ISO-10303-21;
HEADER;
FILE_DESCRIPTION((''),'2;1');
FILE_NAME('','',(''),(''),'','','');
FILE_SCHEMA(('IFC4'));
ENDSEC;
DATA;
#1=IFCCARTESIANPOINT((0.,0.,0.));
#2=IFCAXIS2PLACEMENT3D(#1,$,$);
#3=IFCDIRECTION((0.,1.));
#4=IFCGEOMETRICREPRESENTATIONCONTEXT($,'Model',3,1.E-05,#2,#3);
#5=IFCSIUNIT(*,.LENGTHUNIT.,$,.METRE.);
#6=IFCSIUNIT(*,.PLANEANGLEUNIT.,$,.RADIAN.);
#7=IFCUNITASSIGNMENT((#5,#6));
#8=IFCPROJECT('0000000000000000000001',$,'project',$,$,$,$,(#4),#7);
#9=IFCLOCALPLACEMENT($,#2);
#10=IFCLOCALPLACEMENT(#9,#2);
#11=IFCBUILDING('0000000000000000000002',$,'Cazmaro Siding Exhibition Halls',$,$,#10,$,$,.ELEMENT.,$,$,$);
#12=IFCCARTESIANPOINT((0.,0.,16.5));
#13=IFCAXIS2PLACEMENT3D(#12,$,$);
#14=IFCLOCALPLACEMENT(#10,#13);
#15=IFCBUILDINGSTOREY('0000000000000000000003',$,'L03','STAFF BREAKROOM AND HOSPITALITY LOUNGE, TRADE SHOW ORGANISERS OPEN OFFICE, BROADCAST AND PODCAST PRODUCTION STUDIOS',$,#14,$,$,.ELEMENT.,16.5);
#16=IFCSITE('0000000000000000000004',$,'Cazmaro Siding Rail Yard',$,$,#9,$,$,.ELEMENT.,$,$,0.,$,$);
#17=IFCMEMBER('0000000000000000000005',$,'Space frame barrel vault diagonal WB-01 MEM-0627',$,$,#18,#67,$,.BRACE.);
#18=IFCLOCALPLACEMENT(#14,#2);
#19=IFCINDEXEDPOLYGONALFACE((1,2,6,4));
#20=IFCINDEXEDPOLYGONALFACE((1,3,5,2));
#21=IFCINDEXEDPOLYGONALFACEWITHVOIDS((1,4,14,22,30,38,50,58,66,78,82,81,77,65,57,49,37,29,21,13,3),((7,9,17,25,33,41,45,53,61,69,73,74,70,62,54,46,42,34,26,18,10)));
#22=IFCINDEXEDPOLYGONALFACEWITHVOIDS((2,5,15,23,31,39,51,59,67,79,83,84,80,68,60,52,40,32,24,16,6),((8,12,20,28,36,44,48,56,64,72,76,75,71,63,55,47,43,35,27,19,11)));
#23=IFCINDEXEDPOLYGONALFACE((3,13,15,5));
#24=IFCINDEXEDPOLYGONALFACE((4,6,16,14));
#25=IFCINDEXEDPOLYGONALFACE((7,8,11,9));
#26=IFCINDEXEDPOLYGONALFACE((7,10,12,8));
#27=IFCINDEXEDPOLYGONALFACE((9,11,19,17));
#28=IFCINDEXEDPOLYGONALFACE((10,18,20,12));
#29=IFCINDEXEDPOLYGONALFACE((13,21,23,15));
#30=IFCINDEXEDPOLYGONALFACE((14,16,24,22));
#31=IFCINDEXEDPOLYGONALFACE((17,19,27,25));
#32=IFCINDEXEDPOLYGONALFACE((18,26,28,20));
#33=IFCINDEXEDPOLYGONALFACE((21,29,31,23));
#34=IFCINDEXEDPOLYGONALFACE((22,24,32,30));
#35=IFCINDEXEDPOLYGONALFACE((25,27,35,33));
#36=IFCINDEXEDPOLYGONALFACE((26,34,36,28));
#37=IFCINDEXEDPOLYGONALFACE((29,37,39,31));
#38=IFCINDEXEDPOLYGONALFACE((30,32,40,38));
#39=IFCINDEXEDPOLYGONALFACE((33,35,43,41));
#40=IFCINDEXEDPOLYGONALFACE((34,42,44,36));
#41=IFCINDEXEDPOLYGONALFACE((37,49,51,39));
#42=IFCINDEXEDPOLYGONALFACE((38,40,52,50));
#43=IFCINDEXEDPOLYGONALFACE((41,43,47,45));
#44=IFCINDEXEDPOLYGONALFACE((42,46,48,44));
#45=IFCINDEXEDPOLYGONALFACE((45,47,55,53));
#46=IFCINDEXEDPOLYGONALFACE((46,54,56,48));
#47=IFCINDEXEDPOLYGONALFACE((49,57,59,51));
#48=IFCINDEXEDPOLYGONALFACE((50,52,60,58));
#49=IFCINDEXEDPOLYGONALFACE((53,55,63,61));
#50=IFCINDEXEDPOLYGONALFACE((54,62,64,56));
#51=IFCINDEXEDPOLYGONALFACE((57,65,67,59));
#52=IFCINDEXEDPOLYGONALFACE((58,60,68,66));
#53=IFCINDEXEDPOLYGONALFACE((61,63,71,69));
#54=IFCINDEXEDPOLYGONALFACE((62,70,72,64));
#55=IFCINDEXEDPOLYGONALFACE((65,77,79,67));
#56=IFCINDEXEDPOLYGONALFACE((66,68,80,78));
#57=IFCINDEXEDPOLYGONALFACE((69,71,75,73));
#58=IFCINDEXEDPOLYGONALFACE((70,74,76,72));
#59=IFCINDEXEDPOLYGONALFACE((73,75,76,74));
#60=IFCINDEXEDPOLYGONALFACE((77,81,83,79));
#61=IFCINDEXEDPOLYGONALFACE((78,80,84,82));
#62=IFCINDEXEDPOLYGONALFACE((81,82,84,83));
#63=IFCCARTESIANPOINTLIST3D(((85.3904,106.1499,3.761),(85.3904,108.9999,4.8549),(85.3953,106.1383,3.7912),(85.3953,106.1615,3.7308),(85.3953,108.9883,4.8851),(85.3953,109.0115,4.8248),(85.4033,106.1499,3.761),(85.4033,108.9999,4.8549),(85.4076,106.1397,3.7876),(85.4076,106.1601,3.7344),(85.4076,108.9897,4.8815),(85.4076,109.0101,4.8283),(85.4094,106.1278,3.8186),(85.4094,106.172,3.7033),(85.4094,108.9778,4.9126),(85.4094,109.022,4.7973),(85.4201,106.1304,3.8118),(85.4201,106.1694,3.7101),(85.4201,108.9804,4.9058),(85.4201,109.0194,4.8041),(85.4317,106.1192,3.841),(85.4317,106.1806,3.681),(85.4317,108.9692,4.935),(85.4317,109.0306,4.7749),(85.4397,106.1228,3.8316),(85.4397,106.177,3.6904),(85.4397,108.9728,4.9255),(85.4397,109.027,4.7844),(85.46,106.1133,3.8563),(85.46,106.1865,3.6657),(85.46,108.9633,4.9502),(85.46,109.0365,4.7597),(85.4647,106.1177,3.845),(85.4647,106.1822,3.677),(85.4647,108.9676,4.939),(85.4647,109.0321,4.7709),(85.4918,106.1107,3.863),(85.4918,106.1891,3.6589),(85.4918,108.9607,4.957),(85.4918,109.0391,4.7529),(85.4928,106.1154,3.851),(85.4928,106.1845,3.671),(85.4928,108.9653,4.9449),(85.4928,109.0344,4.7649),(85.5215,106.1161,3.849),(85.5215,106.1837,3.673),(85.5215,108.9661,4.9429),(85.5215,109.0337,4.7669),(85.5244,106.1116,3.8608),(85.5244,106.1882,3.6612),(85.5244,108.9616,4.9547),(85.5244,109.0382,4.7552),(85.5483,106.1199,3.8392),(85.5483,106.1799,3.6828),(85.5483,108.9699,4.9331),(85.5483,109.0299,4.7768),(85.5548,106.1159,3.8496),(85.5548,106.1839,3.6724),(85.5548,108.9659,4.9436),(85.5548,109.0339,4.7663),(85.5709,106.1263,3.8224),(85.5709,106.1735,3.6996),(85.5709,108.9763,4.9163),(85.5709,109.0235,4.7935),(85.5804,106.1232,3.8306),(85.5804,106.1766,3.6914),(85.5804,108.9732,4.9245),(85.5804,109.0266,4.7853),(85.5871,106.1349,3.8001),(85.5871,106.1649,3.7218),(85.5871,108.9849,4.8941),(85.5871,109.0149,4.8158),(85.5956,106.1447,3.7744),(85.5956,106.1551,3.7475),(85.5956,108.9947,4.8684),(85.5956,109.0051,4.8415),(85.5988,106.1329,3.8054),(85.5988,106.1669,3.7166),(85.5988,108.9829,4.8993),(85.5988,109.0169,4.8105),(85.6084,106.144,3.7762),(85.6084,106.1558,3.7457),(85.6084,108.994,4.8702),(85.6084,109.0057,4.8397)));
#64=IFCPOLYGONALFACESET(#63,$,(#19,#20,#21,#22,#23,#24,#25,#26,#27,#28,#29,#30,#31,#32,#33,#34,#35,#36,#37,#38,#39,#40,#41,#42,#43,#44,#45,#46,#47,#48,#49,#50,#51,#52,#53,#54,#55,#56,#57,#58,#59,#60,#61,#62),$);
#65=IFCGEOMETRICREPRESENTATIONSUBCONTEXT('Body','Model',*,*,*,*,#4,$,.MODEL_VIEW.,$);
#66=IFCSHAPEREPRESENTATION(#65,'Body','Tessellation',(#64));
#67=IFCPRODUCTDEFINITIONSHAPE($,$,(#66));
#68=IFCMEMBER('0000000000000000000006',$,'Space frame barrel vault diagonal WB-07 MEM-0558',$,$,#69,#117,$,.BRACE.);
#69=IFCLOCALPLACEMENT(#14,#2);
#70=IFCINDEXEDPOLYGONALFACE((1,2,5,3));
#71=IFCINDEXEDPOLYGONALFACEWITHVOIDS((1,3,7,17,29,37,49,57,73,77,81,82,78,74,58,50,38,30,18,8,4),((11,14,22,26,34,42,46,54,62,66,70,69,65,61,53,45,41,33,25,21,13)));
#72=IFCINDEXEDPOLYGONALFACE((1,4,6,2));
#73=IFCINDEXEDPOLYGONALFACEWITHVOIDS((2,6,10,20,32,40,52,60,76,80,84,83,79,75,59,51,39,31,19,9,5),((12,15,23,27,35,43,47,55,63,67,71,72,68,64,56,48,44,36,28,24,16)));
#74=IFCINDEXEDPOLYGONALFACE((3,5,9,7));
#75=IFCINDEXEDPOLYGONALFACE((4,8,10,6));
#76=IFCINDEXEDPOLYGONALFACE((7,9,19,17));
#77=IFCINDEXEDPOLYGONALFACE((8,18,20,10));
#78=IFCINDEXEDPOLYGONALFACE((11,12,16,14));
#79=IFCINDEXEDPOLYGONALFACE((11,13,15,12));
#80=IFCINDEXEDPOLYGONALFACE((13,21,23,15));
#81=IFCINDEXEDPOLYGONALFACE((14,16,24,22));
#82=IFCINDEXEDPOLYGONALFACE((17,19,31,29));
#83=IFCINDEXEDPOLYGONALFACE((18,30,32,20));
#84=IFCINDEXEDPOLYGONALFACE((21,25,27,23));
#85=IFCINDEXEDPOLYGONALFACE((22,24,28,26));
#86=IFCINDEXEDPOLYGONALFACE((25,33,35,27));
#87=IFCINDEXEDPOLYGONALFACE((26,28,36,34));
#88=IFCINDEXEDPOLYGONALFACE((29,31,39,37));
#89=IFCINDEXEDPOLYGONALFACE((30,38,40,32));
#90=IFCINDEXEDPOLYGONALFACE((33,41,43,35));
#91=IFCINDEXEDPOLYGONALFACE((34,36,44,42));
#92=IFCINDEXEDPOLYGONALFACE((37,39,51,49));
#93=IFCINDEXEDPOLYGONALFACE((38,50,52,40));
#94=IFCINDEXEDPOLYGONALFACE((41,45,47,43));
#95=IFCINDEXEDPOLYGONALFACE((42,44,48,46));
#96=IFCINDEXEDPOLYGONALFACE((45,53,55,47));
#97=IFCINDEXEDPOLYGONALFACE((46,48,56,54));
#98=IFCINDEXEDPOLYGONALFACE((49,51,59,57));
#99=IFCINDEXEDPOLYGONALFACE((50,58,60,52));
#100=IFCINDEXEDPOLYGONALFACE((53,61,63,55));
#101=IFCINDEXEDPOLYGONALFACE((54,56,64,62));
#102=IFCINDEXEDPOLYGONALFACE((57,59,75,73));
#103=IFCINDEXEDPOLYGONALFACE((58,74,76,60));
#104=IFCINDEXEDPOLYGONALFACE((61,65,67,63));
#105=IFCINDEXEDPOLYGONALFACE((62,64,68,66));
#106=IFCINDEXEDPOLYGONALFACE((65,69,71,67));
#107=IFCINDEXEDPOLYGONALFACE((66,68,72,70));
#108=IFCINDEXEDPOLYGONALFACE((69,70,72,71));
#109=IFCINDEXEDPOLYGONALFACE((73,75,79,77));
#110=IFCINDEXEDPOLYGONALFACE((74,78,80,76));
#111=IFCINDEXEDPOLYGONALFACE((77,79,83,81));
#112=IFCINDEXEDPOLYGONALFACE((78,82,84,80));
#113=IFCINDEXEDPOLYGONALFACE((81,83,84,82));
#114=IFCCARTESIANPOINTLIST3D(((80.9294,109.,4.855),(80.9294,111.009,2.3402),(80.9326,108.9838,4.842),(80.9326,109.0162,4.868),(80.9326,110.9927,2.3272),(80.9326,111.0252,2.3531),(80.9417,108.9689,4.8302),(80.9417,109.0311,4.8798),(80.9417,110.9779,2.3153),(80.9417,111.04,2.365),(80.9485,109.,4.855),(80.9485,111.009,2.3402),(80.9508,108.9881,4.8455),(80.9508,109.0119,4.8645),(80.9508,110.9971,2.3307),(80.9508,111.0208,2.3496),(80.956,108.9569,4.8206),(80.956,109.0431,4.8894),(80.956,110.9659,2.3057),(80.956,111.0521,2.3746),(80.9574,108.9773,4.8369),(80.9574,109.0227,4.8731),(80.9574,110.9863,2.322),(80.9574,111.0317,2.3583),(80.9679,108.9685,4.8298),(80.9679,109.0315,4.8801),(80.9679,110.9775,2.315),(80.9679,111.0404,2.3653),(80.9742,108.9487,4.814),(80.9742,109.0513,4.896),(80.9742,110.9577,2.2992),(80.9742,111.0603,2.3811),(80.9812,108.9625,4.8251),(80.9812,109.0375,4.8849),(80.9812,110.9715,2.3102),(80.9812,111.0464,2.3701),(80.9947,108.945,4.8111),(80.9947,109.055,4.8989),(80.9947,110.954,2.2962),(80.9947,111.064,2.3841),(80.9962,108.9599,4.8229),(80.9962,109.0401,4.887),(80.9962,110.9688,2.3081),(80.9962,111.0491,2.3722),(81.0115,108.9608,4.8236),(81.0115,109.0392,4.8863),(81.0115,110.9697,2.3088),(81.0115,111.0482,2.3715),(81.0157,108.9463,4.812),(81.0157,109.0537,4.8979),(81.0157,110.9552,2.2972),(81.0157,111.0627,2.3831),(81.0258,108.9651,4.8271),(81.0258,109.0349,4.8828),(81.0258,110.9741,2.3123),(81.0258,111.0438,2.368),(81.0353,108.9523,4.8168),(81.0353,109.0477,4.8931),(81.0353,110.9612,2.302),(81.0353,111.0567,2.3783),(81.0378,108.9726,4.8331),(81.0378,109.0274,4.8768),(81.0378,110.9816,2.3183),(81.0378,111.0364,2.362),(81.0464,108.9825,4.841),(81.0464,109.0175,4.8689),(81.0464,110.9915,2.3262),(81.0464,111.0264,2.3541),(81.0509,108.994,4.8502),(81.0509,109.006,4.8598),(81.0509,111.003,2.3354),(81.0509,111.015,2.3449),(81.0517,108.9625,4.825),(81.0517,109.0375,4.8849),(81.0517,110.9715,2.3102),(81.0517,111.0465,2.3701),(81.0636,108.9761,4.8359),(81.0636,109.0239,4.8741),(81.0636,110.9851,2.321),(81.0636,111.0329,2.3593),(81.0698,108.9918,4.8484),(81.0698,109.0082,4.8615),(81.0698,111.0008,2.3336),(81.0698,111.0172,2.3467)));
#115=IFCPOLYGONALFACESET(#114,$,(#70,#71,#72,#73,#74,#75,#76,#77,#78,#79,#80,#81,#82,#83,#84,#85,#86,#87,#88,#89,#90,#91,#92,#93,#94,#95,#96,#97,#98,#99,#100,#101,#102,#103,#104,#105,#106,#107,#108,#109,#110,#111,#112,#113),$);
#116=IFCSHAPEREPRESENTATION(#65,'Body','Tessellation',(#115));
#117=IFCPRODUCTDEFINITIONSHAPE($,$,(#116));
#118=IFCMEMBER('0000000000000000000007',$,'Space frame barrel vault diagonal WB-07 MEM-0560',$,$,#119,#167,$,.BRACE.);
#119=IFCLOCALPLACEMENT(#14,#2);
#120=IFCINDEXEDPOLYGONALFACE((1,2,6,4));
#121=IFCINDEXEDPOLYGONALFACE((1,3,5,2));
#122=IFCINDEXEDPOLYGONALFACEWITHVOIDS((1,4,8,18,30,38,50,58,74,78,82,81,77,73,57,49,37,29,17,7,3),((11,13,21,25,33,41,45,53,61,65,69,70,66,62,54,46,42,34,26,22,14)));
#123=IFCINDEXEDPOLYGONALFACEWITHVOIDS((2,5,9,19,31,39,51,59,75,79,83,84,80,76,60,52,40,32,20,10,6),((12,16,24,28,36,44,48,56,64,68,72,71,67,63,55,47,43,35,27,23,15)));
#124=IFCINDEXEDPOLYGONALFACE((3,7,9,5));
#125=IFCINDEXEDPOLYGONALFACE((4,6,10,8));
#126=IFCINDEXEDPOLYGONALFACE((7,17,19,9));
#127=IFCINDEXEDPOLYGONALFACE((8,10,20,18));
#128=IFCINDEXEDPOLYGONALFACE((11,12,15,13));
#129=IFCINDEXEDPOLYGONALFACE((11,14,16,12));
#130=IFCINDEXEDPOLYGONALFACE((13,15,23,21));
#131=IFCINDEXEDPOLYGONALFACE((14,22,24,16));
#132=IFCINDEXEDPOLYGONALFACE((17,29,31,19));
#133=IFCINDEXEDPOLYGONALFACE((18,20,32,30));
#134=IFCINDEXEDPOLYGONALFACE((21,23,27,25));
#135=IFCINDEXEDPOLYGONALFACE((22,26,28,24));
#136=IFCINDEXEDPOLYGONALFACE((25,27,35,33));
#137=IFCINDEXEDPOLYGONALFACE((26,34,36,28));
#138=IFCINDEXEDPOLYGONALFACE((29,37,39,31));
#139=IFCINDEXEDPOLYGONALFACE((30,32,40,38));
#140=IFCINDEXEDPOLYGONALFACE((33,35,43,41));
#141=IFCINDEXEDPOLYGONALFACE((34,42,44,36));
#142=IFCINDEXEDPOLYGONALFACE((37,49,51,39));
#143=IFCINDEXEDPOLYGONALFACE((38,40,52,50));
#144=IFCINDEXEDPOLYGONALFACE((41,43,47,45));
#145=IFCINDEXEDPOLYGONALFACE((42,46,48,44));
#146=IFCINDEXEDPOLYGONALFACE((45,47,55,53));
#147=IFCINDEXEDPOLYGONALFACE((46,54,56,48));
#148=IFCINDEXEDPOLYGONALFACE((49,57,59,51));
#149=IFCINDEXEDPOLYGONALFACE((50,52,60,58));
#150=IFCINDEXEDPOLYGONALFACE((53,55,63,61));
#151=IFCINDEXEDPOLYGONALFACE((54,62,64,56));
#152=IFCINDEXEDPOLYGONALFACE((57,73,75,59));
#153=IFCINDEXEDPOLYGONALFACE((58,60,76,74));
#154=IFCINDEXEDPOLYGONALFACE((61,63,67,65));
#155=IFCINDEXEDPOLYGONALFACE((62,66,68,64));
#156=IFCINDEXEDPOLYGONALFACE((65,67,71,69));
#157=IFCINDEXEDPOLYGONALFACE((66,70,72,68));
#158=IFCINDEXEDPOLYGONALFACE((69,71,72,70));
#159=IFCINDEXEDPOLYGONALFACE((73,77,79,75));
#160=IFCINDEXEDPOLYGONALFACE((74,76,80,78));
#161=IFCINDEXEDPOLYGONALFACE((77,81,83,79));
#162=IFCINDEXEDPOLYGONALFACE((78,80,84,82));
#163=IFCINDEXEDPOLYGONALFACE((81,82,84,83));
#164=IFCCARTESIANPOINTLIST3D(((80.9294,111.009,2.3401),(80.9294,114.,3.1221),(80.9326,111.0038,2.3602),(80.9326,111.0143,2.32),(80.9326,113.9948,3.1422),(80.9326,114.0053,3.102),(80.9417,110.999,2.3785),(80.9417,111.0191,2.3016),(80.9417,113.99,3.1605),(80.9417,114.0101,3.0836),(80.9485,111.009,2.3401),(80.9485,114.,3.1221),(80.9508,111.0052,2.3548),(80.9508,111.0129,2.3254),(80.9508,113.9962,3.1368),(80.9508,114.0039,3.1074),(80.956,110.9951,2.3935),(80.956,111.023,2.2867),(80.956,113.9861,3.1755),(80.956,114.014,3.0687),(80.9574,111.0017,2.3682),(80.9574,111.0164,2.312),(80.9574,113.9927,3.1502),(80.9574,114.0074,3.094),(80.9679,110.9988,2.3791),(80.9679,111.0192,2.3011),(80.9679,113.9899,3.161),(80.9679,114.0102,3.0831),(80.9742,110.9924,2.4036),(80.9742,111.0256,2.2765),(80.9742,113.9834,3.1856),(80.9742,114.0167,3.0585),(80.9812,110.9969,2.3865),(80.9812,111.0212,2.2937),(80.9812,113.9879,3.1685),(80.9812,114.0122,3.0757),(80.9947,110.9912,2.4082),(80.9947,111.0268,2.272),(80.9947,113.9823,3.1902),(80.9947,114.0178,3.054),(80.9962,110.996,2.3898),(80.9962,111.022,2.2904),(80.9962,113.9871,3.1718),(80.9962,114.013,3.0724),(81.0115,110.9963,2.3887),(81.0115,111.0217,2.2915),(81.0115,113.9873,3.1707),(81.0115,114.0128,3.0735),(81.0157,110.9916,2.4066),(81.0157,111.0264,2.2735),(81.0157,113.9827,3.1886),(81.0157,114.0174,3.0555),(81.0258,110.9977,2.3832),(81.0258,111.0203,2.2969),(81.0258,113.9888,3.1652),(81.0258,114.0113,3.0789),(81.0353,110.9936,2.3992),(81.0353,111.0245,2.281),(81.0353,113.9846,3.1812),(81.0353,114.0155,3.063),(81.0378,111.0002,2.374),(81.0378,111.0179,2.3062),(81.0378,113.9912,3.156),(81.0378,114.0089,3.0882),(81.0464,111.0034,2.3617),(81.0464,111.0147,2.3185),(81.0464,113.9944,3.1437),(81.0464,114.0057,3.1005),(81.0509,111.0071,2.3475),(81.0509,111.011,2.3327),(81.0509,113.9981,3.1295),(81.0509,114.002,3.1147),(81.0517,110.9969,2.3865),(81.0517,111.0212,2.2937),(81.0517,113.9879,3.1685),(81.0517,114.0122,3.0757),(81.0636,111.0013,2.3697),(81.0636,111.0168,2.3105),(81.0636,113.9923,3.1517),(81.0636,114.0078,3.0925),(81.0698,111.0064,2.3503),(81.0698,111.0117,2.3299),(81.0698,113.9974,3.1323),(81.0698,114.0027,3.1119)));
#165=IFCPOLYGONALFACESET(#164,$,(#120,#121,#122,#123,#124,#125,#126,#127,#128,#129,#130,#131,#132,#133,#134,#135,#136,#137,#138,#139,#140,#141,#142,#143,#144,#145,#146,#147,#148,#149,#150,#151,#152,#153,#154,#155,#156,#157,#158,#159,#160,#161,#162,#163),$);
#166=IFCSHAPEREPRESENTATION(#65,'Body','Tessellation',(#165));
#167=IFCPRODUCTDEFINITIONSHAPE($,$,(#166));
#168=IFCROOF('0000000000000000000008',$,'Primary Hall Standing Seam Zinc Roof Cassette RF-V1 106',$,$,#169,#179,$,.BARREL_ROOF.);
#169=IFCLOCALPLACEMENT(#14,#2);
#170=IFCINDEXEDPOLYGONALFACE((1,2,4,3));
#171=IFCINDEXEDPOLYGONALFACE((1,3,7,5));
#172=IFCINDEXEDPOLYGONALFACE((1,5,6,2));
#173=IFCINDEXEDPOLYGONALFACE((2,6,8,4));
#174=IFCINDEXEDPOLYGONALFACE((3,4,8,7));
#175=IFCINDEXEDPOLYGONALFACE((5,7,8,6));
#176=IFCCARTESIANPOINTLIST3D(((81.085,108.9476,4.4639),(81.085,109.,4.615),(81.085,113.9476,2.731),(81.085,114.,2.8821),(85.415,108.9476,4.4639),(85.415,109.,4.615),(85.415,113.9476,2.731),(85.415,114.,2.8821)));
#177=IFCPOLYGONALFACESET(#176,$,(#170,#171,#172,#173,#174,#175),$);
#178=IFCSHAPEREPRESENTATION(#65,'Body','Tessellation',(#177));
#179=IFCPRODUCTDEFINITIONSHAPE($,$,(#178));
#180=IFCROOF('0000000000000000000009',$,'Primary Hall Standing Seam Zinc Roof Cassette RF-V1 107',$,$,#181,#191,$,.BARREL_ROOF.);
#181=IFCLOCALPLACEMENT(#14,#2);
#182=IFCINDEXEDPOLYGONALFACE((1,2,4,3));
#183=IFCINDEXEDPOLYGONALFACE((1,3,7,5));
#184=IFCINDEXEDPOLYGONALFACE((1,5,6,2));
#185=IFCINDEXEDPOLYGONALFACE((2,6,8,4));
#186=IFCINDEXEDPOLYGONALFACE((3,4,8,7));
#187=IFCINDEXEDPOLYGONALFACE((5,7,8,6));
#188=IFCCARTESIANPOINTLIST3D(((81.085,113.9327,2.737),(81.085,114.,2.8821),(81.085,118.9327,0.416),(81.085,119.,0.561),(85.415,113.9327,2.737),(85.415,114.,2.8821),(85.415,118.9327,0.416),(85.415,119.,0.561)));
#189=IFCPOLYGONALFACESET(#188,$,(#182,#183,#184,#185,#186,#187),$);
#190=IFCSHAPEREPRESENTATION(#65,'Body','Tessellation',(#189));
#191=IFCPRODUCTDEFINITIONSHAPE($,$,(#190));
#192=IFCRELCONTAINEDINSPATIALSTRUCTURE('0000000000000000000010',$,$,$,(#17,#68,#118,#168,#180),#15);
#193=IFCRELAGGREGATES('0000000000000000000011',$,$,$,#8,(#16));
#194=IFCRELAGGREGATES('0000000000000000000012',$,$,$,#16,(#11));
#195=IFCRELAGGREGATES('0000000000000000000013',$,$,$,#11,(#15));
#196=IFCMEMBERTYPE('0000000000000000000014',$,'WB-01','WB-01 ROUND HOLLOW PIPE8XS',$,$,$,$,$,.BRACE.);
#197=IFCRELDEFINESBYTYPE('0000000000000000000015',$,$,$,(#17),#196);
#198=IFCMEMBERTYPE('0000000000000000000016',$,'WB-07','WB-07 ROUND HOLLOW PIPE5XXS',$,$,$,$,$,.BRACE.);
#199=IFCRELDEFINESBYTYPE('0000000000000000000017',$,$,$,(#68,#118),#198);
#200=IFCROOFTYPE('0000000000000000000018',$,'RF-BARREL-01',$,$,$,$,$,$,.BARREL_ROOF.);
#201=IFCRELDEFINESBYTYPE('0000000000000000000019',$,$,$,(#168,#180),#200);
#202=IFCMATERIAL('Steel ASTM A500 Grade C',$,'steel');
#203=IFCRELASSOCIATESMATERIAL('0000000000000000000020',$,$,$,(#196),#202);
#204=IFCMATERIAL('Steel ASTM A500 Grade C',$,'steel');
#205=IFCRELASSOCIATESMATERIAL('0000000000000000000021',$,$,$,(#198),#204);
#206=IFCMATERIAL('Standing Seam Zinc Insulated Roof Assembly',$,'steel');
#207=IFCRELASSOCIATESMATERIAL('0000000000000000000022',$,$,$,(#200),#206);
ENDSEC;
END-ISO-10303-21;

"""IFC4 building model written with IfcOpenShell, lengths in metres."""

from ifc_helpers import new_model, si_unit, direction, frame, origin, origin_2d, place, context, subcontext, project, spatial, polyline, hollow_circle, outline, extrude, material, material_profile, profile_set, type_object, element, save


model = new_model("IFC4")

# Units and contexts
model_context = context("Model", 3, precision=1e-05, world=origin(), true_north=direction((0.0, 1.0)))
body_context = subcontext(model_context, "Body", "Model", "MODEL_VIEW")
ifc_project = project(units=[si_unit("LENGTHUNIT", "METRE"), si_unit("PLANEANGLEUNIT", "RADIAN")], contexts=[model_context])

# Site, building, storey
site_placement = place(None, origin())
site = spatial("IfcSite", under=ifc_project, at=site_placement, Name="Cazmaro Siding Rail Yard", CompositionType="ELEMENT", RefElevation=0.0)
building_placement = place(site_placement, origin())
building = spatial("IfcBuilding", under=site, at=building_placement, Name="Cazmaro Siding Exhibition Halls", CompositionType="ELEMENT")
storey_placement = place(building_placement, frame((0.0, 0.0, 16.5)))
storey = spatial("IfcBuildingStorey", under=building, at=storey_placement, Name="L03", Description="STAFF BREAKROOM AND HOSPITALITY LOUNGE, TRADE SHOW ORGANISERS OPEN OFFICE, BROADCAST AND PODCAST PRODUCTION STUDIOS", CompositionType="ELEMENT", Elevation=16.5)

# Members
ifc_material_1 = material(Name="Steel ASTM A500 Grade C", Category="steel")
ifc_material_profile_1 = material_profile(ifc_material_1, hollow_circle(Radius=0.1096, WallThickness=0.0129, at=origin_2d()), Name="PIPE8XS")
ifc_profile_set_1 = profile_set([ifc_material_profile_1], Name="Steel ASTM A500 Grade C")
member_type_1 = type_object("IfcMemberType", Name="WB-01", Description="WB-01 ROUND HOLLOW PIPE8XS", PredefinedType="BRACE", material=ifc_profile_set_1)
member_1_placement = place(storey_placement, frame((85.5, 106.1499, 3.761), z_axis=(0.0, 0.933587, 0.358352), x_axis=(-1.0, 0.0, 0.0)))
element("IfcMember", 1, at=member_1_placement, inside=storey, type_object=member_type_1, Name="Space frame barrel vault diagonal WB-01 MEM-0627", PredefinedType="BRACE", context=body_context, shape_type="SweptSolid", body=[
    extrude(hollow_circle(Radius=0.1096, WallThickness=0.0129, at=origin_2d()), origin(), (0.0, 0.0, 1.0), 3.0527),
])
ifc_material_2 = material(Name="Steel ASTM A500 Grade C", Category="steel")
ifc_material_profile_2 = material_profile(ifc_material_2, hollow_circle(Radius=0.0706, WallThickness=0.019, at=origin_2d()), Name="PIPE5XXS")
ifc_profile_set_2 = profile_set([ifc_material_profile_2], Name="Steel ASTM A500 Grade C")
member_type_2 = type_object("IfcMemberType", Name="WB-07", Description="WB-07 ROUND HOLLOW PIPE5XXS", PredefinedType="BRACE", material=ifc_profile_set_2)
member_2_placement = place(storey_placement, frame((81.0, 109.0, 4.855), z_axis=(0.0, 0.624149, -0.781305), x_axis=(-1.0, 0.0, 0.0)))
element("IfcMember", 2, at=member_2_placement, inside=storey, type_object=member_type_2, Name="Space frame barrel vault diagonal WB-07 MEM-0558", PredefinedType="BRACE", context=body_context, shape_type="SweptSolid", body=[
    extrude(hollow_circle(Radius=0.0706, WallThickness=0.019, at=origin_2d()), origin(), (0.0, 0.0, 1.0), 3.2188),
])
member_3_placement = place(storey_placement, frame((81.0, 111.009, 2.3401), z_axis=(0.0, 0.96748, 0.252946), x_axis=(-1.0, 0.0, 0.0)))
element("IfcMember", 3, at=member_3_placement, inside=storey, type_object=member_type_2, Name="Space frame barrel vault diagonal WB-07 MEM-0560", PredefinedType="BRACE", context=body_context, shape_type="SweptSolid", body=[
    extrude(hollow_circle(Radius=0.0706, WallThickness=0.019, at=origin_2d()), origin(), (0.0, 0.0, 1.0), 3.0916),
])

# Roofs
ifc_material_3 = material(Name="Standing Seam Zinc Insulated Roof Assembly", Category="steel")
roof_type = type_object("IfcRoofType", Name="RF-BARREL-01", PredefinedType="BARREL_ROOF", material=ifc_material_3)
roof_1_placement = place(storey_placement, frame((81.085, 109.0, 4.615), z_axis=(0.0, 0.327472, 0.944861), x_axis=(1.0, 0.0, 0.0)))
element("IfcRoof", 4, at=roof_1_placement, inside=storey, type_object=roof_type, Name="Primary Hall Standing Seam Zinc Roof Cassette RF-V1 106", PredefinedType="BARREL_ROOF", context=body_context, shape_type="SweptSolid", body=[
    extrude(outline(polyline([(0.0, 0.0), (4.3301, 0.0), (4.3301, 5.2918), (0.0, 5.2918), (0.0, 0.0)])), origin(), (0.0, 0.0, -1.0), 0.1599),
])
roof_2_placement = place(storey_placement, frame((81.085, 114.0, 2.8821), z_axis=(0.0, 0.421054, 0.907036), x_axis=(1.0, 0.0, 0.0)))
element("IfcRoof", 5, at=roof_2_placement, inside=storey, type_object=roof_type, Name="Primary Hall Standing Seam Zinc Roof Cassette RF-V1 107", PredefinedType="BARREL_ROOF", context=body_context, shape_type="SweptSolid", body=[
    extrude(outline(polyline([(0.0, 0.0), (4.3301, 0.0), (4.3301, 5.5125), (0.0, 5.5125), (0.0, 0.0)])), origin(), (0.0, 0.0, -1.0), 0.1599),
])

save(model, "model.ifc")
